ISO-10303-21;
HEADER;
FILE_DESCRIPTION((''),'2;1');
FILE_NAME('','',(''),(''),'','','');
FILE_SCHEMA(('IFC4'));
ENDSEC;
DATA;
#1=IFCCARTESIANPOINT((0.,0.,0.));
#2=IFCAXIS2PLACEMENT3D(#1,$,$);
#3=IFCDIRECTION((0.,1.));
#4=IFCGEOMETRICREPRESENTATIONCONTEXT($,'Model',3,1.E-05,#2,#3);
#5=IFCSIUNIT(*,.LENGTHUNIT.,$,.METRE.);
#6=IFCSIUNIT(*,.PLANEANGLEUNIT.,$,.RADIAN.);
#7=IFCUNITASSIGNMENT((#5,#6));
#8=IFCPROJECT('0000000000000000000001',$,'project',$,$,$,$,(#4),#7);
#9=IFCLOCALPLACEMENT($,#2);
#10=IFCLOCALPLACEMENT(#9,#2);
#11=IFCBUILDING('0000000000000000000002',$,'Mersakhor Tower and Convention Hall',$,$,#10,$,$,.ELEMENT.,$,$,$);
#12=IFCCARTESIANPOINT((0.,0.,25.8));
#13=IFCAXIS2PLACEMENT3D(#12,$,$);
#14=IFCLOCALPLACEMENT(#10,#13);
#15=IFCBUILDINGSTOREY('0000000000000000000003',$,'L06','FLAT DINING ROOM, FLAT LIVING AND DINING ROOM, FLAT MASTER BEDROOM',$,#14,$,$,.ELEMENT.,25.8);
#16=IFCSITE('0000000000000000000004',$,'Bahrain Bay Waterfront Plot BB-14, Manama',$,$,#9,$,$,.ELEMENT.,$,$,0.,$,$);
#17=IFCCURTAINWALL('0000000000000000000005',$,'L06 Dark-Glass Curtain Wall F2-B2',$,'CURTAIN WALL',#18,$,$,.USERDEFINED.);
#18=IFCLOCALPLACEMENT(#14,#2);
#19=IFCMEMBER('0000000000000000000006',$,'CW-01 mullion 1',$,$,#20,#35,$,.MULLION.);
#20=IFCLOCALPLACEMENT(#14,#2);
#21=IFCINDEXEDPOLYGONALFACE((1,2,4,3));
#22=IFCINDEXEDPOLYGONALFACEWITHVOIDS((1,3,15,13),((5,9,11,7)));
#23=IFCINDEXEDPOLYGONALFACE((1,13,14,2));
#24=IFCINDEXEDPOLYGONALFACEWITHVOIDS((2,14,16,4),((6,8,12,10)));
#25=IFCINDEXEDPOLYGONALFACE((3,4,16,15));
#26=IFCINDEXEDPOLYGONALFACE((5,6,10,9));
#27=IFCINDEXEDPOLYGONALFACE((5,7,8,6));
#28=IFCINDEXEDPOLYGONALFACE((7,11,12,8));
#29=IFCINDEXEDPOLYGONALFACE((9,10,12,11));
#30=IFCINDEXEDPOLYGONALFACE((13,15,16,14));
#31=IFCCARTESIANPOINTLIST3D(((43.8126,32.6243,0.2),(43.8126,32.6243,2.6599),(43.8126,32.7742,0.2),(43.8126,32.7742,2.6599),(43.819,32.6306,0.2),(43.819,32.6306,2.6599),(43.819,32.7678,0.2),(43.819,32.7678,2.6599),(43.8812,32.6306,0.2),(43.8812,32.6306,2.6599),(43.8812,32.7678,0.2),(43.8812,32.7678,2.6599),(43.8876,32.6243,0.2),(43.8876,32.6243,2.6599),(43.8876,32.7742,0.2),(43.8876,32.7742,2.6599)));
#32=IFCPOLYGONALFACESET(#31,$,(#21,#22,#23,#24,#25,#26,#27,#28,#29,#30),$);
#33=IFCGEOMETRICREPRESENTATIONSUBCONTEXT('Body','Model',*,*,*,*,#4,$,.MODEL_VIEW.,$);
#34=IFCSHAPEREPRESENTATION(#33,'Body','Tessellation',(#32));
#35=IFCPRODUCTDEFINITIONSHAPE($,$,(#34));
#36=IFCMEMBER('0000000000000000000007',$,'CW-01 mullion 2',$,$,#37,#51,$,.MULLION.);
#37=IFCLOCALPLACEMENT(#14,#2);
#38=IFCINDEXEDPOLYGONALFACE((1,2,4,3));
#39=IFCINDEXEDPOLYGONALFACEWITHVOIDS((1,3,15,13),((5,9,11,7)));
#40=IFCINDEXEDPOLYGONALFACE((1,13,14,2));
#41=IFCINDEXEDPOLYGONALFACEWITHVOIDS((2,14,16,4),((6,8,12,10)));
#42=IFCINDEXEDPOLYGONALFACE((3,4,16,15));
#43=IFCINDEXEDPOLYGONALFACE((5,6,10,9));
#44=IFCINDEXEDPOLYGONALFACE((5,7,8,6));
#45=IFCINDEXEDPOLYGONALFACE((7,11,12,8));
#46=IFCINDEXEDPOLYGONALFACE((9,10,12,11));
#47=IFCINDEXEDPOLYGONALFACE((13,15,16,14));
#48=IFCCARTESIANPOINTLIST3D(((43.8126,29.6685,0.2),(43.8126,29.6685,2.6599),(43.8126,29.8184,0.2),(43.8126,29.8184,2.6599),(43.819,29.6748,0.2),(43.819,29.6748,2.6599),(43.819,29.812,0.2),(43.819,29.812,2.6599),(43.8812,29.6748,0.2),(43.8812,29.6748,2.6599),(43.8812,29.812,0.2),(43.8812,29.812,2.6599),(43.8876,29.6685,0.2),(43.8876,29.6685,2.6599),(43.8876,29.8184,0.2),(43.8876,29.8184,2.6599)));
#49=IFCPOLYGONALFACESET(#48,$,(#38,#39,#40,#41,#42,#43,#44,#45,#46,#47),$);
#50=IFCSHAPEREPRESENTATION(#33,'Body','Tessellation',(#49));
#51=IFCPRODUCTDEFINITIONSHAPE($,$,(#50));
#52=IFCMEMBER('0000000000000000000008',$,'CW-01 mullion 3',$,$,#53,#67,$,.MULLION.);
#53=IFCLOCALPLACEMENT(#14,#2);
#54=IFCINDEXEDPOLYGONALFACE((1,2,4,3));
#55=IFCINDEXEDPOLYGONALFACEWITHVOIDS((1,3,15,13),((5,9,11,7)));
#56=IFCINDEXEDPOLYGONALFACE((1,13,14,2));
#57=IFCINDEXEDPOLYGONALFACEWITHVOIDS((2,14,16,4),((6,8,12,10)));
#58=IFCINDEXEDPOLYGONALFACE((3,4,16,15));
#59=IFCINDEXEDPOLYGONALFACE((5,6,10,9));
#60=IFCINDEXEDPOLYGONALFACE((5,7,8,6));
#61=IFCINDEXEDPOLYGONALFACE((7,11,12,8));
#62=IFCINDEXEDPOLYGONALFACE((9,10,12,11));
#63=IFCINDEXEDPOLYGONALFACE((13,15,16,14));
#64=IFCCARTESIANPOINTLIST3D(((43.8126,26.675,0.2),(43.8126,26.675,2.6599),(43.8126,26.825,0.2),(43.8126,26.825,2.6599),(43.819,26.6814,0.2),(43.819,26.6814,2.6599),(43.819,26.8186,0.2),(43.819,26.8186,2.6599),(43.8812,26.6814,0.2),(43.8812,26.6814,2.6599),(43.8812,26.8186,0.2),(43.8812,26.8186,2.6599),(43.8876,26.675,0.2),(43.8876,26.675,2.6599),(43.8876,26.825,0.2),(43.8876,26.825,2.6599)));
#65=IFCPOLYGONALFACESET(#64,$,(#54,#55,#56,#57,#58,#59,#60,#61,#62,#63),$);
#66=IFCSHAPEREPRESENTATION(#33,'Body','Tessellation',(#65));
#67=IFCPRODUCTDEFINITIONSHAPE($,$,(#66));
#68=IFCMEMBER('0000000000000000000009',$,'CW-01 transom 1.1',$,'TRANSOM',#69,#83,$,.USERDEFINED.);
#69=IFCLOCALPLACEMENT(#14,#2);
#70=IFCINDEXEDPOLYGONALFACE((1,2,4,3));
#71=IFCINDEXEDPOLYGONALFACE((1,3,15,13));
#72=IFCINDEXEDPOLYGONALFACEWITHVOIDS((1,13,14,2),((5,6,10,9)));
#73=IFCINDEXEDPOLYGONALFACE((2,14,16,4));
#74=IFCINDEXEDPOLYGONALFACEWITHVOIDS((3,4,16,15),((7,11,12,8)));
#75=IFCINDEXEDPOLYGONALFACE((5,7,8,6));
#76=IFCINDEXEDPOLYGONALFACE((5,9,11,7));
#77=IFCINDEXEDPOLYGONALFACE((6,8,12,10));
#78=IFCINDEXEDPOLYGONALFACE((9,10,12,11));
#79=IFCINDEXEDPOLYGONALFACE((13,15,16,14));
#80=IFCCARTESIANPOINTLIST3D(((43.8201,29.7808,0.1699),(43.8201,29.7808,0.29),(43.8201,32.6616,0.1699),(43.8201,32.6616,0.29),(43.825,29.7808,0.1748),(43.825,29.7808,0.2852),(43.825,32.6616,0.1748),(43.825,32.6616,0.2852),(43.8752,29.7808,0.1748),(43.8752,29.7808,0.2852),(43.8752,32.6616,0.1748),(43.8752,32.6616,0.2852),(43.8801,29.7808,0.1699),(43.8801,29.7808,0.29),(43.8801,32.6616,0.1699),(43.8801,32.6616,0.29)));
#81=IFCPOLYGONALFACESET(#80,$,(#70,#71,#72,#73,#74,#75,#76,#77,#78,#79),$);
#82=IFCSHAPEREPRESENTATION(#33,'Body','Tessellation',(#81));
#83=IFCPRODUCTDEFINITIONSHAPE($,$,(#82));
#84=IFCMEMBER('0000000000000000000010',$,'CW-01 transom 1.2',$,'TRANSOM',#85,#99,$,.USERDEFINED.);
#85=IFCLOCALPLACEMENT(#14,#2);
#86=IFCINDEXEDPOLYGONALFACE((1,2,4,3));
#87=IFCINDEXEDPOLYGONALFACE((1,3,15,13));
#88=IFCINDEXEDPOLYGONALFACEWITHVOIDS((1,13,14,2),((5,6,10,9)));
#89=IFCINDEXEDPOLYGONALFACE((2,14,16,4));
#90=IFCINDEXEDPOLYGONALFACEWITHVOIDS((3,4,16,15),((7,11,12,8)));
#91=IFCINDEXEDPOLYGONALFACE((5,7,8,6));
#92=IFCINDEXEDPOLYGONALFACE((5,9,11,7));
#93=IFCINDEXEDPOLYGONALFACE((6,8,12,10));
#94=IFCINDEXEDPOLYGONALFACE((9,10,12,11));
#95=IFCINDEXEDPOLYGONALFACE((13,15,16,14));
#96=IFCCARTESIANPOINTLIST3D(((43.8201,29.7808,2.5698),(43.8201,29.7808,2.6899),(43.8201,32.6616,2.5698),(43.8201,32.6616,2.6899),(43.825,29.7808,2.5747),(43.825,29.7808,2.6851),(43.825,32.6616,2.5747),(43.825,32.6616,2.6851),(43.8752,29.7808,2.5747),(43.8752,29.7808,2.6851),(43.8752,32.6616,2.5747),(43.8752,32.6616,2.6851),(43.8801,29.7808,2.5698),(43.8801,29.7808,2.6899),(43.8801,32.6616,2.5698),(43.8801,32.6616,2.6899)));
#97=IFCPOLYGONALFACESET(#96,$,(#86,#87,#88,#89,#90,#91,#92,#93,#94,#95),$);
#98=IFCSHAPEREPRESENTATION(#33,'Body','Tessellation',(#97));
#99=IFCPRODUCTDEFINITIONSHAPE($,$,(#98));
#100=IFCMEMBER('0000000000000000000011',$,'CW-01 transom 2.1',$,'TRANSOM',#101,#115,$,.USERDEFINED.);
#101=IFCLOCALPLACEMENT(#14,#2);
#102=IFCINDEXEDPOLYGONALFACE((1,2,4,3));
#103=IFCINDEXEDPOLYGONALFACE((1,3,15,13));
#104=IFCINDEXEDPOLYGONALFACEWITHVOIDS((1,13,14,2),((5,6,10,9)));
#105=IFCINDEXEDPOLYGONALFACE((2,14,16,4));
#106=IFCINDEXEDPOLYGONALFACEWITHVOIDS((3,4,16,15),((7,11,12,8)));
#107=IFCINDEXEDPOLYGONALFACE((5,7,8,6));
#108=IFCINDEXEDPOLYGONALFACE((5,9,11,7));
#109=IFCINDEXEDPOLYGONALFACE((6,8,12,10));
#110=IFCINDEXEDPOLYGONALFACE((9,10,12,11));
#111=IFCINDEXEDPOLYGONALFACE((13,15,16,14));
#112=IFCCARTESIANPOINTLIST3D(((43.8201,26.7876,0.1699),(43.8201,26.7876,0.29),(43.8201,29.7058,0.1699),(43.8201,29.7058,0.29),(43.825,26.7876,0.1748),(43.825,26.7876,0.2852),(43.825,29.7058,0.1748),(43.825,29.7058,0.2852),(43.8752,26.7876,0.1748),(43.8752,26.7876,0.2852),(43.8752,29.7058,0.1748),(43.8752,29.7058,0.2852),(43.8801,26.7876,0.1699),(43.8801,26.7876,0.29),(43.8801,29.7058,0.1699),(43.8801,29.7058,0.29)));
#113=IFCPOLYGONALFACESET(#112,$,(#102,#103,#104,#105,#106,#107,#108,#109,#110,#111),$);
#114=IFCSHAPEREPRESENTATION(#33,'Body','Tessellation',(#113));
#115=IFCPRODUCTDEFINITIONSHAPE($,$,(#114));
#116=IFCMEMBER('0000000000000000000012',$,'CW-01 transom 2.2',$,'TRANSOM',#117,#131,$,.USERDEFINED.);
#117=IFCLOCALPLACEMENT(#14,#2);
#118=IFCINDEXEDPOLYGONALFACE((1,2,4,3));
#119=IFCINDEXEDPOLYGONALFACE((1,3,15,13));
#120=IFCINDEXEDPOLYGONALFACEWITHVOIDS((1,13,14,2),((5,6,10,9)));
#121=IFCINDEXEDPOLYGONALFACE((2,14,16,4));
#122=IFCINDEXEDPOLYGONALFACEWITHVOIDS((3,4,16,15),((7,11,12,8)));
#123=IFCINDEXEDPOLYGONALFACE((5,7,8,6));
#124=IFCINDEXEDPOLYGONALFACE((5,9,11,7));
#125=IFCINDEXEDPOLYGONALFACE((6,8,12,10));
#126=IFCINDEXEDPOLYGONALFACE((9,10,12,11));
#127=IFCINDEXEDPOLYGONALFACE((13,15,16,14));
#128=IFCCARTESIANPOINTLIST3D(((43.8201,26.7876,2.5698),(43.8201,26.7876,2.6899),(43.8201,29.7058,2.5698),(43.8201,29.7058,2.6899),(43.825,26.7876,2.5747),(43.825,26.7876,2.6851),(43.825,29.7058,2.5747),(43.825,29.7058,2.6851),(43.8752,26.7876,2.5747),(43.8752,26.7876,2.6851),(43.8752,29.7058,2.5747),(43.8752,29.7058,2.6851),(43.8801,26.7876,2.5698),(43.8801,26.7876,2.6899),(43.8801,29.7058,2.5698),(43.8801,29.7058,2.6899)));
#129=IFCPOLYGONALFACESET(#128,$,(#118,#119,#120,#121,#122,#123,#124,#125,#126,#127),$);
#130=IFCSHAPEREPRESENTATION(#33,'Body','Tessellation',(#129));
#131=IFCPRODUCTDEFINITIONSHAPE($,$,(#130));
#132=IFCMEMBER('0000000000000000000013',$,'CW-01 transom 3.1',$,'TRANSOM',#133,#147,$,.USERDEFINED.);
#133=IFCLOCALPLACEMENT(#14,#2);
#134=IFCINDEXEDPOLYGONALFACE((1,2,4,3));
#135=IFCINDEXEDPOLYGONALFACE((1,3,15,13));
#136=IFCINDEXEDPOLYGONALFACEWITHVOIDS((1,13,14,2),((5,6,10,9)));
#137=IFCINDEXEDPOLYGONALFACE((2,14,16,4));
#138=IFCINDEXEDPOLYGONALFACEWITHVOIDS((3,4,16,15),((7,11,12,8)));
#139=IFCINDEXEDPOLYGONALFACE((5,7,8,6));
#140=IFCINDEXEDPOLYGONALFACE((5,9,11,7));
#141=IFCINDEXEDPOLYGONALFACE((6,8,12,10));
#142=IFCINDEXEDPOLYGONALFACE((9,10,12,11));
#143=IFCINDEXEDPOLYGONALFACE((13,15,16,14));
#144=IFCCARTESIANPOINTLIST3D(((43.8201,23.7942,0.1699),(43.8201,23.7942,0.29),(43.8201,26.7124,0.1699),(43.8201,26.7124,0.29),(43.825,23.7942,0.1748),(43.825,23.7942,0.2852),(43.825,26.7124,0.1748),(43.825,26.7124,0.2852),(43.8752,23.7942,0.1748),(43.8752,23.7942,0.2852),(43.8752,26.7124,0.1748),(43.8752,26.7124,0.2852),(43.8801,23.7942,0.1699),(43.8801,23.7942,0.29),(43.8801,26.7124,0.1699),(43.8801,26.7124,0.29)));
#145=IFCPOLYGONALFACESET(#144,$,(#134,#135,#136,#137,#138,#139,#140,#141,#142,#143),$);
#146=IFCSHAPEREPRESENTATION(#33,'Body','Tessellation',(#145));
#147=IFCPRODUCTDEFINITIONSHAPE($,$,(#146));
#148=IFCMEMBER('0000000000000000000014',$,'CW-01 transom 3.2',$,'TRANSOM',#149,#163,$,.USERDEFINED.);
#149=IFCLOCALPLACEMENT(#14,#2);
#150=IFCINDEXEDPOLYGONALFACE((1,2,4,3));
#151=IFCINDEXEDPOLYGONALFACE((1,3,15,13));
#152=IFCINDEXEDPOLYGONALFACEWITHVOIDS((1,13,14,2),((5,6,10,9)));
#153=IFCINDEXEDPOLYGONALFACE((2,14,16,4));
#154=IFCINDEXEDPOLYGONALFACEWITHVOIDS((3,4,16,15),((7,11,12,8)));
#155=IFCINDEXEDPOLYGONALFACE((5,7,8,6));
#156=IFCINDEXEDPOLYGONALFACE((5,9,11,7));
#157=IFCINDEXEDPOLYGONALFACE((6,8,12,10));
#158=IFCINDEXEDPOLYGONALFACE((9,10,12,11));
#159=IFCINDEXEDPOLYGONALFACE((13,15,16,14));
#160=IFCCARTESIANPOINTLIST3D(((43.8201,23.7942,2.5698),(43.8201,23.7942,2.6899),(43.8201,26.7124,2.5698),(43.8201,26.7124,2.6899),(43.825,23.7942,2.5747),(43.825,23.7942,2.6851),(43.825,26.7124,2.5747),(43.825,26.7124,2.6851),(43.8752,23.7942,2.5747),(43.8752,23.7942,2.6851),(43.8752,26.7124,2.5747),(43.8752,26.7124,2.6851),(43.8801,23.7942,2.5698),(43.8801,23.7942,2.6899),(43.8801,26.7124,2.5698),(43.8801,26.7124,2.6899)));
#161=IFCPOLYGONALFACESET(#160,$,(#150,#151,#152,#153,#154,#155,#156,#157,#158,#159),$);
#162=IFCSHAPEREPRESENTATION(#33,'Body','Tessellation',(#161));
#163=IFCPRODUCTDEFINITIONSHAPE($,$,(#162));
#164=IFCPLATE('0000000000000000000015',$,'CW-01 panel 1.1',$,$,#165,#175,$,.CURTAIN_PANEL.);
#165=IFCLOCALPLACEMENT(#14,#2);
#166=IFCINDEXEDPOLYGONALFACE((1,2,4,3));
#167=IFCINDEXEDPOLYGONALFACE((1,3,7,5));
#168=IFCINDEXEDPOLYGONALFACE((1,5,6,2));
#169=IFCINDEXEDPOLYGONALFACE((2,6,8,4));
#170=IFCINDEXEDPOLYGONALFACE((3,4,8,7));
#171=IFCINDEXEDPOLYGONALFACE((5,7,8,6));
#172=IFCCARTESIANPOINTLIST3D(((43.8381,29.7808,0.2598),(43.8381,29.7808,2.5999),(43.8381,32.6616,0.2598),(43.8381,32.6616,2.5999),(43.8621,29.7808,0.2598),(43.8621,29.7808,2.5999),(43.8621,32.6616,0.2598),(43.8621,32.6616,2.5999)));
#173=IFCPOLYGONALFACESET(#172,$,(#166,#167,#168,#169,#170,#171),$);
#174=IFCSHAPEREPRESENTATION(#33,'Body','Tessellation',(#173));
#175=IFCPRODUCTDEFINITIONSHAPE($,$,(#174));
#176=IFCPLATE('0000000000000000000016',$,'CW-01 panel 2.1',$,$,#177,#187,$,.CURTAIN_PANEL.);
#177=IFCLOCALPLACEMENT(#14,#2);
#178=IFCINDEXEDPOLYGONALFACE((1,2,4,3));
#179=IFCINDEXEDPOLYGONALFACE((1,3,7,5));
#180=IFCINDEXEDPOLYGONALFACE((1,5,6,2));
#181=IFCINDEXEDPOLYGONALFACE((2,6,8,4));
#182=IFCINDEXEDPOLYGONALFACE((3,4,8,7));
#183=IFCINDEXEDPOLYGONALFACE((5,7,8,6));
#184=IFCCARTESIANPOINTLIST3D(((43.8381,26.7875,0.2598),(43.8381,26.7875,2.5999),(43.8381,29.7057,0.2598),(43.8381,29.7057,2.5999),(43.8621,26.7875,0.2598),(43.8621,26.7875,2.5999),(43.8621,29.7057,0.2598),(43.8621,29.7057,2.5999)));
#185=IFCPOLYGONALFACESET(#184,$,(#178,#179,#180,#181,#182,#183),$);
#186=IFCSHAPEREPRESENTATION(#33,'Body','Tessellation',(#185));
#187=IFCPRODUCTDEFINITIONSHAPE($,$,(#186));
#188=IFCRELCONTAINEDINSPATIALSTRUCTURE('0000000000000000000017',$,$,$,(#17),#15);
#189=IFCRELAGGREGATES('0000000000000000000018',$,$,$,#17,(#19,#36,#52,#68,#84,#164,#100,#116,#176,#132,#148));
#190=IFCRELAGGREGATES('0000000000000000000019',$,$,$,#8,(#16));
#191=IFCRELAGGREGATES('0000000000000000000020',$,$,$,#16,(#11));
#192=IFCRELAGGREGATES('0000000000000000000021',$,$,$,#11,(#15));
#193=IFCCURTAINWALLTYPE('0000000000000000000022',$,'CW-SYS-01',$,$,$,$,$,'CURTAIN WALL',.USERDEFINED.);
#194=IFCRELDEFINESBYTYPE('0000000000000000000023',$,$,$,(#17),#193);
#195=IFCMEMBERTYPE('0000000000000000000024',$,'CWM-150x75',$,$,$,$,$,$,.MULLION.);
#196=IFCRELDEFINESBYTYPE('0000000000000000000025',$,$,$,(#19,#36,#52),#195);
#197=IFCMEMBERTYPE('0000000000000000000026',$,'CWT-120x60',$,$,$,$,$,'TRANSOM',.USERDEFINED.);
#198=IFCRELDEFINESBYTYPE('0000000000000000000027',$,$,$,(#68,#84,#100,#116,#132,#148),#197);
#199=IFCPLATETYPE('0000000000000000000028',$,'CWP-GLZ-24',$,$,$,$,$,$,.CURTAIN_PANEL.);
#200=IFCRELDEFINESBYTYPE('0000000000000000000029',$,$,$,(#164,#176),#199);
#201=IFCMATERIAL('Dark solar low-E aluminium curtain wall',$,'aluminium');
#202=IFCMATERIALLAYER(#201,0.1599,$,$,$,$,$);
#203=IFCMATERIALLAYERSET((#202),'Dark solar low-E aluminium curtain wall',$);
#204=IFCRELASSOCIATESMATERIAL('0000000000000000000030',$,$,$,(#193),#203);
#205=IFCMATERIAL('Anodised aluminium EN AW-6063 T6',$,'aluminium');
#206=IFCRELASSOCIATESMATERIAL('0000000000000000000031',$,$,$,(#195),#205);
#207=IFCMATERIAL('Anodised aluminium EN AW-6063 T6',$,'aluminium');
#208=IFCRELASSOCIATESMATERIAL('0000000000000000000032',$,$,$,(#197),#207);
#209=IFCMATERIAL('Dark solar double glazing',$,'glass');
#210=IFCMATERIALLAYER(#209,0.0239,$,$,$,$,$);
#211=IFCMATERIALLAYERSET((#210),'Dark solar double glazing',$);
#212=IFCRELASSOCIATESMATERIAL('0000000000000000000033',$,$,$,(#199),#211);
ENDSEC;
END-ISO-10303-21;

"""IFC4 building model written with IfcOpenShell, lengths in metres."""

from ifc_helpers import new_model, si_unit, direction, frame, origin, origin_2d, place, context, subcontext, project, spatial, rectangle, hollow_rectangle, extrude, material, layer, layer_set, material_profile, profile_set, type_object, element, aggregate, save


model = new_model("IFC4")

# Units and contexts
model_context = context("Model", 3, precision=1e-05, world=origin(), true_north=direction((0.0, 1.0)))
body_context = subcontext(model_context, "Body", "Model", "MODEL_VIEW")
ifc_project = project(units=[si_unit("LENGTHUNIT", "METRE"), si_unit("PLANEANGLEUNIT", "RADIAN")], contexts=[model_context])

# Site, building, storey
site_placement = place(None, origin())
site = spatial("IfcSite", under=ifc_project, at=site_placement, Name="Bahrain Bay Waterfront Plot BB-14, Manama", CompositionType="ELEMENT", RefElevation=0.0)
building_placement = place(site_placement, origin())
building = spatial("IfcBuilding", under=site, at=building_placement, Name="Mersakhor Tower and Convention Hall", CompositionType="ELEMENT")
storey_placement = place(building_placement, frame((0.0, 0.0, 25.8)))
storey = spatial("IfcBuildingStorey", under=building, at=storey_placement, Name="L06", Description="FLAT DINING ROOM, FLAT LIVING AND DINING ROOM, FLAT MASTER BEDROOM", CompositionType="ELEMENT", Elevation=25.8)

# Curtain wall, members, plates
ifc_material_1 = material(Name="Dark solar low-E aluminium curtain wall", Category="aluminium")
ifc_layer_1 = layer(ifc_material_1, 0.1599)
ifc_layer_set_1 = layer_set([ifc_layer_1], Name="Dark solar low-E aluminium curtain wall")
curtain_wall_type = type_object("IfcCurtainWallType", Name="CW-SYS-01", ElementType="CURTAIN WALL", PredefinedType="USERDEFINED", material=ifc_layer_set_1)
curtain_wall_placement = place(storey_placement, origin())
curtain_wall = element("IfcCurtainWall", 1, at=curtain_wall_placement, inside=storey, type_object=curtain_wall_type, Name="L06 Dark-Glass Curtain Wall F2-B2", ObjectType="CURTAIN WALL", PredefinedType="USERDEFINED")
ifc_material_2 = material(Name="Anodised aluminium EN AW-6063 T6", Category="aluminium")
ifc_material_profile_1 = material_profile(ifc_material_2, hollow_rectangle(XDim=0.075, YDim=0.1499, WallThickness=0.0063, at=origin_2d()), Name="RHS 150x75x6.3")
ifc_profile_set_1 = profile_set([ifc_material_profile_1], Name="Anodised aluminium EN AW-6063 T6")
member_type_1 = type_object("IfcMemberType", Name="CWM-150x75", PredefinedType="MULLION", material=ifc_profile_set_1)
member_1_placement = place(storey_placement, frame((43.8501, 32.6992, 0.2), z_axis=(0.0, 0.0, 1.0), x_axis=(1.0, 0.0, 0.0)))
member_1 = element("IfcMember", 2, at=member_1_placement, type_object=member_type_1, Name="CW-01 mullion 1", PredefinedType="MULLION", context=body_context, shape_type="SweptSolid", body=[
    extrude(hollow_rectangle(XDim=0.075, YDim=0.1499, WallThickness=0.0063, at=origin_2d()), origin(), (0.0, 0.0, 1.0), 2.46),
])
member_2_placement = place(storey_placement, frame((43.8501, 29.7434, 0.2), z_axis=(0.0, 0.0, 1.0), x_axis=(1.0, 0.0, 0.0)))
member_2 = element("IfcMember", 3, at=member_2_placement, type_object=member_type_1, Name="CW-01 mullion 2", PredefinedType="MULLION", context=body_context, shape_type="SweptSolid", body=[
    extrude(hollow_rectangle(XDim=0.075, YDim=0.1499, WallThickness=0.0063, at=origin_2d()), origin(), (0.0, 0.0, 1.0), 2.46),
])
member_3_placement = place(storey_placement, frame((43.8501, 26.75, 0.2), z_axis=(0.0, 0.0, 1.0), x_axis=(1.0, 0.0, 0.0)))
member_3 = element("IfcMember", 4, at=member_3_placement, type_object=member_type_1, Name="CW-01 mullion 3", PredefinedType="MULLION", context=body_context, shape_type="SweptSolid", body=[
    extrude(hollow_rectangle(XDim=0.075, YDim=0.1499, WallThickness=0.0063, at=origin_2d()), origin(), (0.0, 0.0, 1.0), 2.46),
])
ifc_material_3 = material(Name="Anodised aluminium EN AW-6063 T6", Category="aluminium")
ifc_material_profile_2 = material_profile(ifc_material_3, hollow_rectangle(XDim=0.0601, YDim=0.1201, WallThickness=0.0049, at=origin_2d()), Name="RHS 120x60x5")
ifc_profile_set_2 = profile_set([ifc_material_profile_2], Name="Anodised aluminium EN AW-6063 T6")
member_type_2 = type_object("IfcMemberType", Name="CWT-120x60", ElementType="TRANSOM", PredefinedType="USERDEFINED", material=ifc_profile_set_2)
member_4_placement = place(storey_placement, frame((43.8501, 32.6616, 0.23), z_axis=(0.0, -1.0, 0.0), x_axis=(1.0, 0.0, 0.0)))
member_4 = element("IfcMember", 5, at=member_4_placement, type_object=member_type_2, Name="CW-01 transom 1.1", ObjectType="TRANSOM", PredefinedType="USERDEFINED", context=body_context, shape_type="SweptSolid", body=[
    extrude(hollow_rectangle(XDim=0.0601, YDim=0.1201, WallThickness=0.0049, at=origin_2d()), origin(), (0.0, 0.0, 1.0), 2.8809),
])
member_5_placement = place(storey_placement, frame((43.8501, 32.6616, 2.6299), z_axis=(0.0, -1.0, 0.0), x_axis=(1.0, 0.0, 0.0)))
member_5 = element("IfcMember", 6, at=member_5_placement, type_object=member_type_2, Name="CW-01 transom 1.2", ObjectType="TRANSOM", PredefinedType="USERDEFINED", context=body_context, shape_type="SweptSolid", body=[
    extrude(hollow_rectangle(XDim=0.0601, YDim=0.1201, WallThickness=0.0049, at=origin_2d()), origin(), (0.0, 0.0, 1.0), 2.8809),
])
member_6_placement = place(storey_placement, frame((43.8501, 29.7058, 0.23), z_axis=(0.0, -1.0, 0.0), x_axis=(1.0, 0.0, 0.0)))
member_6 = element("IfcMember", 7, at=member_6_placement, type_object=member_type_2, Name="CW-01 transom 2.1", ObjectType="TRANSOM", PredefinedType="USERDEFINED", context=body_context, shape_type="SweptSolid", body=[
    extrude(hollow_rectangle(XDim=0.0601, YDim=0.1201, WallThickness=0.0049, at=origin_2d()), origin(), (0.0, 0.0, 1.0), 2.9182),
])
member_7_placement = place(storey_placement, frame((43.8501, 29.7058, 2.6299), z_axis=(0.0, -1.0, 0.0), x_axis=(1.0, 0.0, 0.0)))
member_7 = element("IfcMember", 8, at=member_7_placement, type_object=member_type_2, Name="CW-01 transom 2.2", ObjectType="TRANSOM", PredefinedType="USERDEFINED", context=body_context, shape_type="SweptSolid", body=[
    extrude(hollow_rectangle(XDim=0.0601, YDim=0.1201, WallThickness=0.0049, at=origin_2d()), origin(), (0.0, 0.0, 1.0), 2.9182),
])
member_8_placement = place(storey_placement, frame((43.8501, 26.7124, 0.23), z_axis=(0.0, -1.0, 0.0), x_axis=(1.0, 0.0, 0.0)))
member_8 = element("IfcMember", 9, at=member_8_placement, type_object=member_type_2, Name="CW-01 transom 3.1", ObjectType="TRANSOM", PredefinedType="USERDEFINED", context=body_context, shape_type="SweptSolid", body=[
    extrude(hollow_rectangle(XDim=0.0601, YDim=0.1201, WallThickness=0.0049, at=origin_2d()), origin(), (0.0, 0.0, 1.0), 2.9182),
])
member_9_placement = place(storey_placement, frame((43.8501, 26.7124, 2.6299), z_axis=(0.0, -1.0, 0.0), x_axis=(1.0, 0.0, 0.0)))
member_9 = element("IfcMember", 10, at=member_9_placement, type_object=member_type_2, Name="CW-01 transom 3.2", ObjectType="TRANSOM", PredefinedType="USERDEFINED", context=body_context, shape_type="SweptSolid", body=[
    extrude(hollow_rectangle(XDim=0.0601, YDim=0.1201, WallThickness=0.0049, at=origin_2d()), origin(), (0.0, 0.0, 1.0), 2.9182),
])
ifc_material_4 = material(Name="Dark solar double glazing", Category="glass")
ifc_layer_2 = layer(ifc_material_4, 0.0239)
ifc_layer_set_2 = layer_set([ifc_layer_2], Name="Dark solar double glazing")
plate_type_1 = type_object("IfcPlateType", Name="CWP-GLZ-24", PredefinedType="CURTAIN_PANEL", material=ifc_layer_set_2)
plate_1_placement = place(storey_placement, frame((43.8501, 31.2212, 0.2598), z_axis=(0.0, 0.0, 1.0), x_axis=(0.0, -1.0, 0.0)))
plate_1 = element("IfcPlate", 11, at=plate_1_placement, type_object=plate_type_1, Name="CW-01 panel 1.1", PredefinedType="CURTAIN_PANEL", context=body_context, shape_type="SweptSolid", body=[
    extrude(rectangle(XDim=2.8809, YDim=0.0239, at=origin_2d()), origin(), (0.0, 0.0, 1.0), 2.3401),
])
plate_2_placement = place(storey_placement, frame((43.8501, 28.2466, 0.2598), z_axis=(0.0, 0.0, 1.0), x_axis=(0.0, -1.0, 0.0)))
plate_2 = element("IfcPlate", 12, at=plate_2_placement, type_object=plate_type_1, Name="CW-01 panel 2.1", PredefinedType="CURTAIN_PANEL", context=body_context, shape_type="SweptSolid", body=[
    extrude(rectangle(XDim=2.9182, YDim=0.0239, at=origin_2d()), origin(), (0.0, 0.0, 1.0), 2.3401),
])
aggregate(curtain_wall, [member_1, member_2, member_3, member_4, member_5, plate_1, member_6, member_7, plate_2, member_8, member_9])

save(model, "model.ifc")
